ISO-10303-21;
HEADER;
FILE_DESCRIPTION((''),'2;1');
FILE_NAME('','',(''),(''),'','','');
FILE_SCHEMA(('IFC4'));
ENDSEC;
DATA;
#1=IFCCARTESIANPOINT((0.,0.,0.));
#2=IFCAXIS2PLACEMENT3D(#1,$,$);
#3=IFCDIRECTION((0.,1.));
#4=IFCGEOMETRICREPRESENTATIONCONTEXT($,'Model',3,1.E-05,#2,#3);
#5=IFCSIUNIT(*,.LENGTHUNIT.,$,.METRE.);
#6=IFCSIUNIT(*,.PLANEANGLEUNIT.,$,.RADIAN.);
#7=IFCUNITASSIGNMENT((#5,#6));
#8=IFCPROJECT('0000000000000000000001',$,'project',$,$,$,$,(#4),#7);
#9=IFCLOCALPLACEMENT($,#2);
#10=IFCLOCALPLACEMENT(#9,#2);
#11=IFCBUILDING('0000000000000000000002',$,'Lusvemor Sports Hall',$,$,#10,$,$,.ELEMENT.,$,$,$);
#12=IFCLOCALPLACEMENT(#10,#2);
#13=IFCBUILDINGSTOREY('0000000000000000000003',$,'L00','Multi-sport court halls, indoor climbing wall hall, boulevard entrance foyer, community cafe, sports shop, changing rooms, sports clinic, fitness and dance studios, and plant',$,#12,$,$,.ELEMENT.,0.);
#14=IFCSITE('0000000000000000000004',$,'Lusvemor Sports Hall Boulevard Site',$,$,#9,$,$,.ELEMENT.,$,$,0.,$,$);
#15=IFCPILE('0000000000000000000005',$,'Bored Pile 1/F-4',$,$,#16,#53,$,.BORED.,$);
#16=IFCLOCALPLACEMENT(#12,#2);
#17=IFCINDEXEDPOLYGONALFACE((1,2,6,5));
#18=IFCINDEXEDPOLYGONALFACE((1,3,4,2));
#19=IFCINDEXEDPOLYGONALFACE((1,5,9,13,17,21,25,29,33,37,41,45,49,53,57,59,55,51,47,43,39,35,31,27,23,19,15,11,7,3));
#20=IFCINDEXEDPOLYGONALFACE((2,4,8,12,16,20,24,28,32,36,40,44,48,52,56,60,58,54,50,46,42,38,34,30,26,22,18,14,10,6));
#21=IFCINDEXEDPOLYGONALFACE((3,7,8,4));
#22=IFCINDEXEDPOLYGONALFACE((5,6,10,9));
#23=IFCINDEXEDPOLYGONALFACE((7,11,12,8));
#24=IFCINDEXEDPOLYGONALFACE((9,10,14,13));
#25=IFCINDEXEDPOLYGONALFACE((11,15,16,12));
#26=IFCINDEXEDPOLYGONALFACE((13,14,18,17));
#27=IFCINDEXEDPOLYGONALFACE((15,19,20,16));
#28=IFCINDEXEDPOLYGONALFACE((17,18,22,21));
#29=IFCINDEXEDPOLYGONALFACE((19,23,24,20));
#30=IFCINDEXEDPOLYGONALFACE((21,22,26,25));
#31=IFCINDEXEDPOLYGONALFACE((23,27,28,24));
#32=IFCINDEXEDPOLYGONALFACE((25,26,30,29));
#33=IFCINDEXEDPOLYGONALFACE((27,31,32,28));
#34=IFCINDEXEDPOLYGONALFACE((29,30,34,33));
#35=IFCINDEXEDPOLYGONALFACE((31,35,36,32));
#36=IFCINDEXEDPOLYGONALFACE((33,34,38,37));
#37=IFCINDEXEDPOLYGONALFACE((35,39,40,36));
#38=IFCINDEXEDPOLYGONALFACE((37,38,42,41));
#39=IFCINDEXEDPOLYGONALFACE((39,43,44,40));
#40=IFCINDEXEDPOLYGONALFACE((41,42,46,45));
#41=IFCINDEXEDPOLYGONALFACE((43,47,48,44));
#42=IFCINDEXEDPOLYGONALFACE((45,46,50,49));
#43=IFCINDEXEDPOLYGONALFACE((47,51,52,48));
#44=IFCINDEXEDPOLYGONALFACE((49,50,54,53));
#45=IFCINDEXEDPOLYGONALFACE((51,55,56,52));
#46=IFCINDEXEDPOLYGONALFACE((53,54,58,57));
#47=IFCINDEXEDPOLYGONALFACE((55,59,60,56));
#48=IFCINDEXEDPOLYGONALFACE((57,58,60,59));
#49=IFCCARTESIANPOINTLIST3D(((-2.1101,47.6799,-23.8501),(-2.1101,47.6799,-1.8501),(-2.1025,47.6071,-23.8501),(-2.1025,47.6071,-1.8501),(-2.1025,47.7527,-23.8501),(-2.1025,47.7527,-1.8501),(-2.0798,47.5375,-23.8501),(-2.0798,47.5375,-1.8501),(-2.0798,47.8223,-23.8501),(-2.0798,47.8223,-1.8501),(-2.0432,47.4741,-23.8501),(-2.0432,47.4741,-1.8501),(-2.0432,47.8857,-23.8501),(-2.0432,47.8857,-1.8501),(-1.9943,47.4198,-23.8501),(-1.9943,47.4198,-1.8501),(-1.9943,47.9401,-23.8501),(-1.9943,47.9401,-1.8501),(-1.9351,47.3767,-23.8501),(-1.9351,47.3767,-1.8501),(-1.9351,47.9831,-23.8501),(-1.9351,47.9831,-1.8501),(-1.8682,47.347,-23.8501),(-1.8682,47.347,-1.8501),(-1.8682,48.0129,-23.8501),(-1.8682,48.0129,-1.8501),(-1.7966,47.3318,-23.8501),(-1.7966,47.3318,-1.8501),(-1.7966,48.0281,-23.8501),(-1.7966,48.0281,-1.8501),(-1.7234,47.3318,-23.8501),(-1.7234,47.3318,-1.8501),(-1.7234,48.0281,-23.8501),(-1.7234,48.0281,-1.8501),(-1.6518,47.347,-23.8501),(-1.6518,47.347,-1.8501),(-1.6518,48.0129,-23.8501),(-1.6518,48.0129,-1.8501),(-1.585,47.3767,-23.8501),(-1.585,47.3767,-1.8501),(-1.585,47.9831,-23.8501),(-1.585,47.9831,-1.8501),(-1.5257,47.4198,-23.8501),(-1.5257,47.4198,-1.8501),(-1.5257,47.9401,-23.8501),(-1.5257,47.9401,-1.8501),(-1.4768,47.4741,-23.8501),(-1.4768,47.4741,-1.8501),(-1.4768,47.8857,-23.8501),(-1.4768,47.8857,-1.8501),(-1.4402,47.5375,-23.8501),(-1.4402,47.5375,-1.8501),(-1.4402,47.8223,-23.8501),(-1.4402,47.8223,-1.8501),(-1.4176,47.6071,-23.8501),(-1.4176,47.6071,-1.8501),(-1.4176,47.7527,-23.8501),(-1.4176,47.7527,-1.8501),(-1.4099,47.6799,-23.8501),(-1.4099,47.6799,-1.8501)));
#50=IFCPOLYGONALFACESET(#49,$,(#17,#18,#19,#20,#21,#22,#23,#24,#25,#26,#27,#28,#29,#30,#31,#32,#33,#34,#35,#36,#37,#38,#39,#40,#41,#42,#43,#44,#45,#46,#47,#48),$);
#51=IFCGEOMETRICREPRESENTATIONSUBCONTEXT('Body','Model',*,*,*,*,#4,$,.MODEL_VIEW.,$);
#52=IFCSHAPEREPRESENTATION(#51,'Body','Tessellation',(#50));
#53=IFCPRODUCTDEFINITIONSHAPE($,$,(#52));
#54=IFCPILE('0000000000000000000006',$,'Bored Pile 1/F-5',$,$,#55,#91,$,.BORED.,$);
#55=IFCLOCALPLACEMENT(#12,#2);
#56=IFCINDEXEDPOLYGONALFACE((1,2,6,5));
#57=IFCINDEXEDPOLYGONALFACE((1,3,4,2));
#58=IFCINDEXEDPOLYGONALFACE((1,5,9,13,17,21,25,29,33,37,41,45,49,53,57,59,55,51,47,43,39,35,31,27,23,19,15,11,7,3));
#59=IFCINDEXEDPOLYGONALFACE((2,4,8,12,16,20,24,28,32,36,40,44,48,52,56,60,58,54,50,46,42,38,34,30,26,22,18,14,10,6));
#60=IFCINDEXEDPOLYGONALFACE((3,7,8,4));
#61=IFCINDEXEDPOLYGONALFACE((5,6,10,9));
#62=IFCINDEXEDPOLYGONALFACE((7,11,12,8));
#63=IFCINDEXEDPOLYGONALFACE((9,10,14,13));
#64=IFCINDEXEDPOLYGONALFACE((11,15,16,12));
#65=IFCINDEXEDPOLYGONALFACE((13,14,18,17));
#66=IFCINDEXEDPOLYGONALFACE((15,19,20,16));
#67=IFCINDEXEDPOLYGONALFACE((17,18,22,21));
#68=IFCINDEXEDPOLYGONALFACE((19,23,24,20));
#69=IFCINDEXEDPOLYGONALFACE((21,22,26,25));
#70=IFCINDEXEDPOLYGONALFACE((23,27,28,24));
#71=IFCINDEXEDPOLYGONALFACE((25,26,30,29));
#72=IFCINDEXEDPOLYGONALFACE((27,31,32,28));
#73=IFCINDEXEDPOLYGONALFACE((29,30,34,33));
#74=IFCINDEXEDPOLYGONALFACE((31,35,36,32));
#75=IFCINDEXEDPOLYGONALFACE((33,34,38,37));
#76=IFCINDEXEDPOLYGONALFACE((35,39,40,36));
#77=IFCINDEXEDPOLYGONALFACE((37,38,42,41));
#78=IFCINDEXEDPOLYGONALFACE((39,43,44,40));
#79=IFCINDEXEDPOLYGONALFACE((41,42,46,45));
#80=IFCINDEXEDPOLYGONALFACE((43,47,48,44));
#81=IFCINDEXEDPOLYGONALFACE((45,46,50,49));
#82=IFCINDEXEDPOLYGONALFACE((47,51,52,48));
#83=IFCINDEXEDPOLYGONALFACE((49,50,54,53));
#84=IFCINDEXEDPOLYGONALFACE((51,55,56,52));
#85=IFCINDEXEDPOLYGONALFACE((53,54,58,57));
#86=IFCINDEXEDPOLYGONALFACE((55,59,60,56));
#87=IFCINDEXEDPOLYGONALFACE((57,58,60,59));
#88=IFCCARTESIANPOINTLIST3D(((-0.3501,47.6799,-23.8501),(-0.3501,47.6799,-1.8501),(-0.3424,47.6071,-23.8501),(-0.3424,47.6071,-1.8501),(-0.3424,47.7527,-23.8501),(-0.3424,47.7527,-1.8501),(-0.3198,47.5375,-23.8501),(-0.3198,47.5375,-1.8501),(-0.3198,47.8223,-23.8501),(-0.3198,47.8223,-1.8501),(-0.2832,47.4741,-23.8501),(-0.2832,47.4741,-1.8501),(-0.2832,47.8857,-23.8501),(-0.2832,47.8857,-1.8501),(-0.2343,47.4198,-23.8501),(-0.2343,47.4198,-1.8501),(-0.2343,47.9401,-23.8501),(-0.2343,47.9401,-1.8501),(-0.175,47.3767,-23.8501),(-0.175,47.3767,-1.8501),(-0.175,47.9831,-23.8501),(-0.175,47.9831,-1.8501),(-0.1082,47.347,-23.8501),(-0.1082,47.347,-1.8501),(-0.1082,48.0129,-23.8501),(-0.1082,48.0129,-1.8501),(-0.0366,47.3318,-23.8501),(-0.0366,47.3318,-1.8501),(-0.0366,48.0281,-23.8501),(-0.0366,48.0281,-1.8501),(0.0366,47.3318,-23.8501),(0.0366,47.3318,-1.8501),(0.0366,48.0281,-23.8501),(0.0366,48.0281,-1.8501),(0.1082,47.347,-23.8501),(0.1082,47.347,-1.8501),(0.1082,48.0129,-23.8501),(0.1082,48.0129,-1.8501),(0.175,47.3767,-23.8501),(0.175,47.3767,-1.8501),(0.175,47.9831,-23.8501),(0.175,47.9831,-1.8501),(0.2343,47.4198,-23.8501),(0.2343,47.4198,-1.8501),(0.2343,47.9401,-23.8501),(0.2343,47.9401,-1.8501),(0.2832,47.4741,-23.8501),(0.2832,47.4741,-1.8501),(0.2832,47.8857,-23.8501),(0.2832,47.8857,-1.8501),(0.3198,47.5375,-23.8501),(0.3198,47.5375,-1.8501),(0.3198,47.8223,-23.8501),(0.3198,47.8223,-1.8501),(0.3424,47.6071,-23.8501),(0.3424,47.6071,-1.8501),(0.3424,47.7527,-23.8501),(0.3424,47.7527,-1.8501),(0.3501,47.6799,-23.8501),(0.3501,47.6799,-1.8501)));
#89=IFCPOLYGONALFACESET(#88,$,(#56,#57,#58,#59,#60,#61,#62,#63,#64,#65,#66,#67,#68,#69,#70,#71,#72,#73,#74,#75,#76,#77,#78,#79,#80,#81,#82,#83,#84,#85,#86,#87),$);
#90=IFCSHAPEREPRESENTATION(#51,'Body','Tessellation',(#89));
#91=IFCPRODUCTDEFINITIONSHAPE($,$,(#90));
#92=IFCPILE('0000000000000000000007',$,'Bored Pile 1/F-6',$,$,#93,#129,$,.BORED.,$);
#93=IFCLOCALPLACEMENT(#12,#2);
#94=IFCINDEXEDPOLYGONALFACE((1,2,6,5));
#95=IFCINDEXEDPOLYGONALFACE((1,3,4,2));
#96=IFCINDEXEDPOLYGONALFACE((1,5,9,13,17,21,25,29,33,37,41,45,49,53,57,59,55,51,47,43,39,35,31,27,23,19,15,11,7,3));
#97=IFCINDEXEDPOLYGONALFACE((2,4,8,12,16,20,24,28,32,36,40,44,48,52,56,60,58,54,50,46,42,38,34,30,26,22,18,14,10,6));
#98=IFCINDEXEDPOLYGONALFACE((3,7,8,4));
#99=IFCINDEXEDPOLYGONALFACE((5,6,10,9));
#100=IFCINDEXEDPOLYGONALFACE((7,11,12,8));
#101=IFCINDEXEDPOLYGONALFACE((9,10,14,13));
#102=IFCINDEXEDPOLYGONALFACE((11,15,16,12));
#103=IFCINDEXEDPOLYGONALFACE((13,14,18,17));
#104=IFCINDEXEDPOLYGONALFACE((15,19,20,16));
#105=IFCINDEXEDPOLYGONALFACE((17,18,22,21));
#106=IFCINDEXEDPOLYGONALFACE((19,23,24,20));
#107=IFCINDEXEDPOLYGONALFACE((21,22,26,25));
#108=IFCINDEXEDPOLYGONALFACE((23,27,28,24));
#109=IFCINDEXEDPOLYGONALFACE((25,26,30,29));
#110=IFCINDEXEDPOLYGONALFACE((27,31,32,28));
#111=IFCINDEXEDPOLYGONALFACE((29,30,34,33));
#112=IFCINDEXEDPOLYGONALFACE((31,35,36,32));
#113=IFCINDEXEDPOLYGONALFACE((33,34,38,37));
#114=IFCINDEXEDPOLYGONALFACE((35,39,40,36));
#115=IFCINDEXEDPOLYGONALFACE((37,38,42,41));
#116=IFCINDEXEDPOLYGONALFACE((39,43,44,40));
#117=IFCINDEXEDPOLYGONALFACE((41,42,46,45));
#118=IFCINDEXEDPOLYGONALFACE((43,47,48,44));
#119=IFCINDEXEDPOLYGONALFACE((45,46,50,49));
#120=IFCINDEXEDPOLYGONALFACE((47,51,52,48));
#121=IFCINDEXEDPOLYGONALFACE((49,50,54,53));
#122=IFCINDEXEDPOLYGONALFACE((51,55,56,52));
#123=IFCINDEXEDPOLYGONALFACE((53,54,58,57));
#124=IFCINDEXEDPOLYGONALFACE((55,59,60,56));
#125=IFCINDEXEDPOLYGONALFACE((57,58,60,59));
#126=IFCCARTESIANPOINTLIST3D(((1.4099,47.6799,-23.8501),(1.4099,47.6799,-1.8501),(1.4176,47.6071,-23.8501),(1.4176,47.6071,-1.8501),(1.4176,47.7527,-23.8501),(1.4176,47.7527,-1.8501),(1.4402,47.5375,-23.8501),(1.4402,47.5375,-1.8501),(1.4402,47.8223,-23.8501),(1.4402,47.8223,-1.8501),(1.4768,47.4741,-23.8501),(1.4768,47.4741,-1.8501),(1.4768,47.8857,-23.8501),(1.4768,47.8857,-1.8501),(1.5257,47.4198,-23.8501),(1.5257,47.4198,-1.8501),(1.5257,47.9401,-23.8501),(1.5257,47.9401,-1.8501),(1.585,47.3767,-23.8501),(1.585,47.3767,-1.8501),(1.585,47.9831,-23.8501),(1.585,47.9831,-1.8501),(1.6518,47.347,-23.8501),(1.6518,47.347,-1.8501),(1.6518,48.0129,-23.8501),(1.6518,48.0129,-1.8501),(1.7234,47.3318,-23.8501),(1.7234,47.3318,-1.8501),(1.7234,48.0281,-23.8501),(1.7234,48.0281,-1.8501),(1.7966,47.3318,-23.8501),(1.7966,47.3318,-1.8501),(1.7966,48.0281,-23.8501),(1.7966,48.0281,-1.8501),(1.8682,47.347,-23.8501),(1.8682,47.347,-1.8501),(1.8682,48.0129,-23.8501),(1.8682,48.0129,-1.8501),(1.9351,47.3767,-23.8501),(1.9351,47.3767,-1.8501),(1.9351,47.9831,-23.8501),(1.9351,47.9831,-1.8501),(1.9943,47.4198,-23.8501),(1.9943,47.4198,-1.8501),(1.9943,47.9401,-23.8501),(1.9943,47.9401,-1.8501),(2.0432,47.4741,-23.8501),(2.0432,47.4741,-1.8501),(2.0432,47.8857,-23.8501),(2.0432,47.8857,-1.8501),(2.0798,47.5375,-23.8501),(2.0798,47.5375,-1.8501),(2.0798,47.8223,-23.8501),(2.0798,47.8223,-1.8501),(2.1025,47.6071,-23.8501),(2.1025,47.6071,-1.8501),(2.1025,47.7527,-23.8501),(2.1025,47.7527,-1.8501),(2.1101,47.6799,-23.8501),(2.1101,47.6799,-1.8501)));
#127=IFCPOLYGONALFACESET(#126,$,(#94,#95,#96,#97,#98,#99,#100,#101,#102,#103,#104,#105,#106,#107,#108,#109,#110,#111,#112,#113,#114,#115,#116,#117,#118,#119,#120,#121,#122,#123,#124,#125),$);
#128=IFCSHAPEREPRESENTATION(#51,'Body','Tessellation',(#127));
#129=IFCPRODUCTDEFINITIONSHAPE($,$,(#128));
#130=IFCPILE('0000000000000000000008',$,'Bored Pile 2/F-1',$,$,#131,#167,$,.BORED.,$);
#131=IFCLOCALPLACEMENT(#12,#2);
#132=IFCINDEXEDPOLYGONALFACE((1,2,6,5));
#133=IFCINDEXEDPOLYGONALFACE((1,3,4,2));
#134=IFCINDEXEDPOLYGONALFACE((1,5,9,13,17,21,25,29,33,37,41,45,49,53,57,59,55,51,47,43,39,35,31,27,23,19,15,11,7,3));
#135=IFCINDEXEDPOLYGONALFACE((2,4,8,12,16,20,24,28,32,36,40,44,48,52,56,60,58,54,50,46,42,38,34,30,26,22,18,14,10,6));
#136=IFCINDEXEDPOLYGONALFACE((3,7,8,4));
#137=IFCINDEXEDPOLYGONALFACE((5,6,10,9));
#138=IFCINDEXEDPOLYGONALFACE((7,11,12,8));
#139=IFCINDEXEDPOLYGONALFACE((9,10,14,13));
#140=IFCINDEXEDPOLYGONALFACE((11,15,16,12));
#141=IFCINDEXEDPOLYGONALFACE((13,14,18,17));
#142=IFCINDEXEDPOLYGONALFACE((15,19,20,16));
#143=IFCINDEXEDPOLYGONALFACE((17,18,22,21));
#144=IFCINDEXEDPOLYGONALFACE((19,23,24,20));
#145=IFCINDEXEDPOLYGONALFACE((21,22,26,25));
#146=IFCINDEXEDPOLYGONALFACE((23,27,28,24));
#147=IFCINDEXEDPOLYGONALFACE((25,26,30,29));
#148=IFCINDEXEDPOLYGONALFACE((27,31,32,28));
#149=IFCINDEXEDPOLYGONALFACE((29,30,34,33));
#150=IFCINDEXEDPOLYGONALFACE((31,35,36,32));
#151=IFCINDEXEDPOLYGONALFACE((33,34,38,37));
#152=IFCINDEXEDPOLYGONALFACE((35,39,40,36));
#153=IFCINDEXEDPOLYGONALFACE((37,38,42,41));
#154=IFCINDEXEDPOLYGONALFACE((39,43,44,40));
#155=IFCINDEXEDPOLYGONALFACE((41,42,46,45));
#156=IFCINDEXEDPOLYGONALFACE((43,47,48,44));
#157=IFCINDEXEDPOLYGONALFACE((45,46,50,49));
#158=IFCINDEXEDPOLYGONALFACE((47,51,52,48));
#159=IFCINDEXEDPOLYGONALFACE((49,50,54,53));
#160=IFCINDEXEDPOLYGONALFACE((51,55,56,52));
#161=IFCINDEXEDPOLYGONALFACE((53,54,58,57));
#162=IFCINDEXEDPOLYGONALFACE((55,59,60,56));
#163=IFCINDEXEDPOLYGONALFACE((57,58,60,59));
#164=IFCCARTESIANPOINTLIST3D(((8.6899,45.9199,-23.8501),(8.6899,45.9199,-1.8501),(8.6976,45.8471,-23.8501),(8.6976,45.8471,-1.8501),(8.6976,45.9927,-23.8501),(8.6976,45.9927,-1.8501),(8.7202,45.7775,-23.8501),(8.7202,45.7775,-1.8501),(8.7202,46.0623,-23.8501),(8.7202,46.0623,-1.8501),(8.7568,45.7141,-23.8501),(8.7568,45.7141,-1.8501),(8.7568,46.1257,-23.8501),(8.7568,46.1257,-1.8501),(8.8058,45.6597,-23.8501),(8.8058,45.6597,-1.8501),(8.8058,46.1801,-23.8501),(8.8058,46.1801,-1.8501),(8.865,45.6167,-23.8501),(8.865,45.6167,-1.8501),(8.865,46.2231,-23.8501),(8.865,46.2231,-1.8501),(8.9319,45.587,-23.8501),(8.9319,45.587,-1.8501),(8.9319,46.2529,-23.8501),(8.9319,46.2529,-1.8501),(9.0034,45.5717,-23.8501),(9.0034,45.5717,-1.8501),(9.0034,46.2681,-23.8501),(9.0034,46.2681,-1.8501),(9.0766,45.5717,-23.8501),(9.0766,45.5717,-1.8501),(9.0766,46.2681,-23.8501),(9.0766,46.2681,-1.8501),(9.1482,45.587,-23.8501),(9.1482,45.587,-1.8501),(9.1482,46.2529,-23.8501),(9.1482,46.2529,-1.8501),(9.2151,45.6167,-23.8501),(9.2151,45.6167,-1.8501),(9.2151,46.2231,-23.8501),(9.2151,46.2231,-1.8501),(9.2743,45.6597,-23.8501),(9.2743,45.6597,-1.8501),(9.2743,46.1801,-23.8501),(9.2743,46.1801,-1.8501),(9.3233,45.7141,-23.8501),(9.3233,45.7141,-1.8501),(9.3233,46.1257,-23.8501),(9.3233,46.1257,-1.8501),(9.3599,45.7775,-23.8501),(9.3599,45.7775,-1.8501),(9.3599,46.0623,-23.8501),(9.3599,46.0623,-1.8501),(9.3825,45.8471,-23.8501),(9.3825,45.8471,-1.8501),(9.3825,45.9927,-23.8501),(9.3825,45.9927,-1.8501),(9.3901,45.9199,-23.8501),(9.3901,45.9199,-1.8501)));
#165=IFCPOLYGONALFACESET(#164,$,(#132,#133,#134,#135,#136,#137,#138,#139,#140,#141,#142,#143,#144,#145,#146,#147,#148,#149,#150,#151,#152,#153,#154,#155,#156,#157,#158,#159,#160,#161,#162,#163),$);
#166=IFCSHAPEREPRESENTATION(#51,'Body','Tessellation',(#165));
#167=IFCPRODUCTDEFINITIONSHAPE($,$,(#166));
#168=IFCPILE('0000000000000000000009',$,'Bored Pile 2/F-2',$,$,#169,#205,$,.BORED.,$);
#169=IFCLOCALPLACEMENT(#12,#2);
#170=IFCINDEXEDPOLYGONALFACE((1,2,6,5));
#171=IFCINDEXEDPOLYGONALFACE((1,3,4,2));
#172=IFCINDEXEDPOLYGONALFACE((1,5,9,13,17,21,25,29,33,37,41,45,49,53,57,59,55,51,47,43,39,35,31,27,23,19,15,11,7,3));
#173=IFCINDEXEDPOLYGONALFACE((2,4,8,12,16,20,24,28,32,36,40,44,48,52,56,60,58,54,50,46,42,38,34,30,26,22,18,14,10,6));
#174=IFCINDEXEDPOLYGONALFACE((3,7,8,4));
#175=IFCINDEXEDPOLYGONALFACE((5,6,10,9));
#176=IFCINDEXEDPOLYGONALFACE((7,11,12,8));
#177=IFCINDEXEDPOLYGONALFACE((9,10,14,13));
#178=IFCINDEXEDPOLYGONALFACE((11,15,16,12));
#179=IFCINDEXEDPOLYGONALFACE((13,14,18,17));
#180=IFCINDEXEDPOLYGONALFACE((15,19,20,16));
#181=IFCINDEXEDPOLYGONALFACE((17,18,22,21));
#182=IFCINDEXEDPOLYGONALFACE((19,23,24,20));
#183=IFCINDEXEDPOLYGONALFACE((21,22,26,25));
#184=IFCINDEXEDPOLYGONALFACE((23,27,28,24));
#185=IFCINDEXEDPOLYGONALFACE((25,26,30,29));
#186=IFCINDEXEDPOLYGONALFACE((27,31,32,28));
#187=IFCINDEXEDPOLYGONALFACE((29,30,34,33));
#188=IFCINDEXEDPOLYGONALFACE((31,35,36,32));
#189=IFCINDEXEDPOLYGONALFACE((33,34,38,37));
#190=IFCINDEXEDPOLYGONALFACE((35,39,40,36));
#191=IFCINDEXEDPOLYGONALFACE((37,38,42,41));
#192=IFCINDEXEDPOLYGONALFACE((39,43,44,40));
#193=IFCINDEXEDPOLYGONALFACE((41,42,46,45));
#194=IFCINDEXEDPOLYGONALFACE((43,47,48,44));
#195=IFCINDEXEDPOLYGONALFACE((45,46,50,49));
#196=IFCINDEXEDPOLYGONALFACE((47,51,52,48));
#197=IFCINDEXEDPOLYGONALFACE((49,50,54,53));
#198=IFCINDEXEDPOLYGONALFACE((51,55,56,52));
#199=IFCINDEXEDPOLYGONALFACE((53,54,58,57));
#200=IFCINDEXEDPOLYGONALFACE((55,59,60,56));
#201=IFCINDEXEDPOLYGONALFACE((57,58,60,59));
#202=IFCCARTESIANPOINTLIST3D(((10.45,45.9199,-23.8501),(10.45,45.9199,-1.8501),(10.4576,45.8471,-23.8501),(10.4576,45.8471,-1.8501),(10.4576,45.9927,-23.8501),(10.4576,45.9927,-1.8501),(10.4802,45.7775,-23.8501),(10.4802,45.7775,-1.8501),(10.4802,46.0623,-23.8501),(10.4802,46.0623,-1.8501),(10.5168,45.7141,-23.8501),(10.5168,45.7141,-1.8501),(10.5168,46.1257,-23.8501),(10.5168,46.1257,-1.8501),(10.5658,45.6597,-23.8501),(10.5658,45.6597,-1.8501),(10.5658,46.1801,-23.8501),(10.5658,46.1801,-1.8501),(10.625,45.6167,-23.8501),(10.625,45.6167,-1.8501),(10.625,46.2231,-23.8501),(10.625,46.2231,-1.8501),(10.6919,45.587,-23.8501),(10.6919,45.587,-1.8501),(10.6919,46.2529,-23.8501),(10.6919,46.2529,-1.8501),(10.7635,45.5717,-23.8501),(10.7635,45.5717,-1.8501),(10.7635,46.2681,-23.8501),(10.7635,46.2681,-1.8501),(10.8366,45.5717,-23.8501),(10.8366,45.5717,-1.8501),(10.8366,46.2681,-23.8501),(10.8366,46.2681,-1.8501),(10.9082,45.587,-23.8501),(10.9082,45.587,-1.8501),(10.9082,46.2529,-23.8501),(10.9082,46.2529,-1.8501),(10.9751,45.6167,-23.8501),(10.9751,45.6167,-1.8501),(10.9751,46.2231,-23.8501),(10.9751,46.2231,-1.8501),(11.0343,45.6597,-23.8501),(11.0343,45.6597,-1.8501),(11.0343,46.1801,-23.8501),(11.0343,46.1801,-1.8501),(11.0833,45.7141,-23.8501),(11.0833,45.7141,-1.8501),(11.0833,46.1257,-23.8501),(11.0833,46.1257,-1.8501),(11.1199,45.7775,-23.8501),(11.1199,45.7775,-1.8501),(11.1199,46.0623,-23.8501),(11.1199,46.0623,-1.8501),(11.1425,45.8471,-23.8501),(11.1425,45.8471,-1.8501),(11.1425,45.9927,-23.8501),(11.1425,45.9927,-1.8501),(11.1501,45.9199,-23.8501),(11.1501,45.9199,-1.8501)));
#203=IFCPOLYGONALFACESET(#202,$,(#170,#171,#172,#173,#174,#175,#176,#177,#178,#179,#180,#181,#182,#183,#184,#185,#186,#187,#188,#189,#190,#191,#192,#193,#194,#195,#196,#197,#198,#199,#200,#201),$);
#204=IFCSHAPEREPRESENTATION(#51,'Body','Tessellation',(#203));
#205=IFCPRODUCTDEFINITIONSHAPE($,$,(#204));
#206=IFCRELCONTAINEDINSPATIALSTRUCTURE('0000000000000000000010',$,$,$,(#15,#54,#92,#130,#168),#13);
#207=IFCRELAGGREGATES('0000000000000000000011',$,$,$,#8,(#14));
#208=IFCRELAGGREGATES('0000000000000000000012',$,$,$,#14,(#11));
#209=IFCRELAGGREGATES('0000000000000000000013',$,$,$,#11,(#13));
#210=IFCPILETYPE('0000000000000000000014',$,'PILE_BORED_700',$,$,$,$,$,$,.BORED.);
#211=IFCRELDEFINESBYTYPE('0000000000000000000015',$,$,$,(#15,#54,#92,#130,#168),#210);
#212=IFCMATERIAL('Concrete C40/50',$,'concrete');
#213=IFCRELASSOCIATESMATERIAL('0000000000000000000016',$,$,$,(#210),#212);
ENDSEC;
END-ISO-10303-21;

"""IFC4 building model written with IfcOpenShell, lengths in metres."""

from ifc_helpers import new_model, si_unit, direction, frame, origin, origin_2d, place, context, subcontext, project, spatial, circle, extrude, material, material_profile, profile_set, type_object, element, save


model = new_model("IFC4")

# Units and contexts
model_context = context("Model", 3, precision=1e-05, world=origin(), true_north=direction((0.0, 1.0)))
body_context = subcontext(model_context, "Body", "Model", "MODEL_VIEW")
ifc_project = project(units=[si_unit("LENGTHUNIT", "METRE"), si_unit("PLANEANGLEUNIT", "RADIAN")], contexts=[model_context])

# Site, building, storey
site_placement = place(None, origin())
site = spatial("IfcSite", under=ifc_project, at=site_placement, Name="Lusvemor Sports Hall Boulevard Site", CompositionType="ELEMENT", RefElevation=0.0)
building_placement = place(site_placement, origin())
building = spatial("IfcBuilding", under=site, at=building_placement, Name="Lusvemor Sports Hall", CompositionType="ELEMENT")
storey_placement = place(building_placement, origin())
storey = spatial("IfcBuildingStorey", under=building, at=storey_placement, Name="L00", Description="Multi-sport court halls, indoor climbing wall hall, boulevard entrance foyer, community cafe, sports shop, changing rooms, sports clinic, fitness and dance studios, and plant", CompositionType="ELEMENT", Elevation=0.0)

# Piles
ifc_material_1 = material(Name="Concrete C40/50", Category="concrete")
ifc_material_profile_1 = material_profile(ifc_material_1, circle(Radius=0.3501, at=origin_2d()), Name="PILE700")
ifc_profile_set_1 = profile_set([ifc_material_profile_1], Name="Concrete C40/50")
pile_type = type_object("IfcPileType", Name="PILE_BORED_700", PredefinedType="BORED", material=ifc_profile_set_1)
for number, where, z_axis, x_axis, name in (
    (1, (-1.76, 47.6799, -1.8501), (0.0, 0.0, -1.0), (1.0, 0.0, 0.0), "Bored Pile 1/F-4"),
    (2, (0.0, 47.6799, -1.8501), (0.0, 0.0, -1.0), (1.0, 0.0, 0.0), "Bored Pile 1/F-5"),
    (3, (1.76, 47.6799, -1.8501), (0.0, 0.0, -1.0), (1.0, 0.0, 0.0), "Bored Pile 1/F-6"),
    (4, (9.04, 45.9199, -1.8501), (0.0, 0.0, -1.0), (1.0, 0.0, 0.0), "Bored Pile 2/F-1"),
    (5, (10.8, 45.9199, -1.8501), (0.0, 0.0, -1.0), (1.0, 0.0, 0.0), "Bored Pile 2/F-2"),
):
    element("IfcPile", number, at=place(storey_placement, frame(where, z_axis=z_axis, x_axis=x_axis)), inside=storey, type_object=pile_type, Name=name, PredefinedType="BORED", context=body_context, shape_type="SweptSolid", body=[
        extrude(circle(Radius=0.3501, at=origin_2d()), origin(), (0.0, 0.0, 1.0), 22.0),
    ])

save(model, "model.ifc")
